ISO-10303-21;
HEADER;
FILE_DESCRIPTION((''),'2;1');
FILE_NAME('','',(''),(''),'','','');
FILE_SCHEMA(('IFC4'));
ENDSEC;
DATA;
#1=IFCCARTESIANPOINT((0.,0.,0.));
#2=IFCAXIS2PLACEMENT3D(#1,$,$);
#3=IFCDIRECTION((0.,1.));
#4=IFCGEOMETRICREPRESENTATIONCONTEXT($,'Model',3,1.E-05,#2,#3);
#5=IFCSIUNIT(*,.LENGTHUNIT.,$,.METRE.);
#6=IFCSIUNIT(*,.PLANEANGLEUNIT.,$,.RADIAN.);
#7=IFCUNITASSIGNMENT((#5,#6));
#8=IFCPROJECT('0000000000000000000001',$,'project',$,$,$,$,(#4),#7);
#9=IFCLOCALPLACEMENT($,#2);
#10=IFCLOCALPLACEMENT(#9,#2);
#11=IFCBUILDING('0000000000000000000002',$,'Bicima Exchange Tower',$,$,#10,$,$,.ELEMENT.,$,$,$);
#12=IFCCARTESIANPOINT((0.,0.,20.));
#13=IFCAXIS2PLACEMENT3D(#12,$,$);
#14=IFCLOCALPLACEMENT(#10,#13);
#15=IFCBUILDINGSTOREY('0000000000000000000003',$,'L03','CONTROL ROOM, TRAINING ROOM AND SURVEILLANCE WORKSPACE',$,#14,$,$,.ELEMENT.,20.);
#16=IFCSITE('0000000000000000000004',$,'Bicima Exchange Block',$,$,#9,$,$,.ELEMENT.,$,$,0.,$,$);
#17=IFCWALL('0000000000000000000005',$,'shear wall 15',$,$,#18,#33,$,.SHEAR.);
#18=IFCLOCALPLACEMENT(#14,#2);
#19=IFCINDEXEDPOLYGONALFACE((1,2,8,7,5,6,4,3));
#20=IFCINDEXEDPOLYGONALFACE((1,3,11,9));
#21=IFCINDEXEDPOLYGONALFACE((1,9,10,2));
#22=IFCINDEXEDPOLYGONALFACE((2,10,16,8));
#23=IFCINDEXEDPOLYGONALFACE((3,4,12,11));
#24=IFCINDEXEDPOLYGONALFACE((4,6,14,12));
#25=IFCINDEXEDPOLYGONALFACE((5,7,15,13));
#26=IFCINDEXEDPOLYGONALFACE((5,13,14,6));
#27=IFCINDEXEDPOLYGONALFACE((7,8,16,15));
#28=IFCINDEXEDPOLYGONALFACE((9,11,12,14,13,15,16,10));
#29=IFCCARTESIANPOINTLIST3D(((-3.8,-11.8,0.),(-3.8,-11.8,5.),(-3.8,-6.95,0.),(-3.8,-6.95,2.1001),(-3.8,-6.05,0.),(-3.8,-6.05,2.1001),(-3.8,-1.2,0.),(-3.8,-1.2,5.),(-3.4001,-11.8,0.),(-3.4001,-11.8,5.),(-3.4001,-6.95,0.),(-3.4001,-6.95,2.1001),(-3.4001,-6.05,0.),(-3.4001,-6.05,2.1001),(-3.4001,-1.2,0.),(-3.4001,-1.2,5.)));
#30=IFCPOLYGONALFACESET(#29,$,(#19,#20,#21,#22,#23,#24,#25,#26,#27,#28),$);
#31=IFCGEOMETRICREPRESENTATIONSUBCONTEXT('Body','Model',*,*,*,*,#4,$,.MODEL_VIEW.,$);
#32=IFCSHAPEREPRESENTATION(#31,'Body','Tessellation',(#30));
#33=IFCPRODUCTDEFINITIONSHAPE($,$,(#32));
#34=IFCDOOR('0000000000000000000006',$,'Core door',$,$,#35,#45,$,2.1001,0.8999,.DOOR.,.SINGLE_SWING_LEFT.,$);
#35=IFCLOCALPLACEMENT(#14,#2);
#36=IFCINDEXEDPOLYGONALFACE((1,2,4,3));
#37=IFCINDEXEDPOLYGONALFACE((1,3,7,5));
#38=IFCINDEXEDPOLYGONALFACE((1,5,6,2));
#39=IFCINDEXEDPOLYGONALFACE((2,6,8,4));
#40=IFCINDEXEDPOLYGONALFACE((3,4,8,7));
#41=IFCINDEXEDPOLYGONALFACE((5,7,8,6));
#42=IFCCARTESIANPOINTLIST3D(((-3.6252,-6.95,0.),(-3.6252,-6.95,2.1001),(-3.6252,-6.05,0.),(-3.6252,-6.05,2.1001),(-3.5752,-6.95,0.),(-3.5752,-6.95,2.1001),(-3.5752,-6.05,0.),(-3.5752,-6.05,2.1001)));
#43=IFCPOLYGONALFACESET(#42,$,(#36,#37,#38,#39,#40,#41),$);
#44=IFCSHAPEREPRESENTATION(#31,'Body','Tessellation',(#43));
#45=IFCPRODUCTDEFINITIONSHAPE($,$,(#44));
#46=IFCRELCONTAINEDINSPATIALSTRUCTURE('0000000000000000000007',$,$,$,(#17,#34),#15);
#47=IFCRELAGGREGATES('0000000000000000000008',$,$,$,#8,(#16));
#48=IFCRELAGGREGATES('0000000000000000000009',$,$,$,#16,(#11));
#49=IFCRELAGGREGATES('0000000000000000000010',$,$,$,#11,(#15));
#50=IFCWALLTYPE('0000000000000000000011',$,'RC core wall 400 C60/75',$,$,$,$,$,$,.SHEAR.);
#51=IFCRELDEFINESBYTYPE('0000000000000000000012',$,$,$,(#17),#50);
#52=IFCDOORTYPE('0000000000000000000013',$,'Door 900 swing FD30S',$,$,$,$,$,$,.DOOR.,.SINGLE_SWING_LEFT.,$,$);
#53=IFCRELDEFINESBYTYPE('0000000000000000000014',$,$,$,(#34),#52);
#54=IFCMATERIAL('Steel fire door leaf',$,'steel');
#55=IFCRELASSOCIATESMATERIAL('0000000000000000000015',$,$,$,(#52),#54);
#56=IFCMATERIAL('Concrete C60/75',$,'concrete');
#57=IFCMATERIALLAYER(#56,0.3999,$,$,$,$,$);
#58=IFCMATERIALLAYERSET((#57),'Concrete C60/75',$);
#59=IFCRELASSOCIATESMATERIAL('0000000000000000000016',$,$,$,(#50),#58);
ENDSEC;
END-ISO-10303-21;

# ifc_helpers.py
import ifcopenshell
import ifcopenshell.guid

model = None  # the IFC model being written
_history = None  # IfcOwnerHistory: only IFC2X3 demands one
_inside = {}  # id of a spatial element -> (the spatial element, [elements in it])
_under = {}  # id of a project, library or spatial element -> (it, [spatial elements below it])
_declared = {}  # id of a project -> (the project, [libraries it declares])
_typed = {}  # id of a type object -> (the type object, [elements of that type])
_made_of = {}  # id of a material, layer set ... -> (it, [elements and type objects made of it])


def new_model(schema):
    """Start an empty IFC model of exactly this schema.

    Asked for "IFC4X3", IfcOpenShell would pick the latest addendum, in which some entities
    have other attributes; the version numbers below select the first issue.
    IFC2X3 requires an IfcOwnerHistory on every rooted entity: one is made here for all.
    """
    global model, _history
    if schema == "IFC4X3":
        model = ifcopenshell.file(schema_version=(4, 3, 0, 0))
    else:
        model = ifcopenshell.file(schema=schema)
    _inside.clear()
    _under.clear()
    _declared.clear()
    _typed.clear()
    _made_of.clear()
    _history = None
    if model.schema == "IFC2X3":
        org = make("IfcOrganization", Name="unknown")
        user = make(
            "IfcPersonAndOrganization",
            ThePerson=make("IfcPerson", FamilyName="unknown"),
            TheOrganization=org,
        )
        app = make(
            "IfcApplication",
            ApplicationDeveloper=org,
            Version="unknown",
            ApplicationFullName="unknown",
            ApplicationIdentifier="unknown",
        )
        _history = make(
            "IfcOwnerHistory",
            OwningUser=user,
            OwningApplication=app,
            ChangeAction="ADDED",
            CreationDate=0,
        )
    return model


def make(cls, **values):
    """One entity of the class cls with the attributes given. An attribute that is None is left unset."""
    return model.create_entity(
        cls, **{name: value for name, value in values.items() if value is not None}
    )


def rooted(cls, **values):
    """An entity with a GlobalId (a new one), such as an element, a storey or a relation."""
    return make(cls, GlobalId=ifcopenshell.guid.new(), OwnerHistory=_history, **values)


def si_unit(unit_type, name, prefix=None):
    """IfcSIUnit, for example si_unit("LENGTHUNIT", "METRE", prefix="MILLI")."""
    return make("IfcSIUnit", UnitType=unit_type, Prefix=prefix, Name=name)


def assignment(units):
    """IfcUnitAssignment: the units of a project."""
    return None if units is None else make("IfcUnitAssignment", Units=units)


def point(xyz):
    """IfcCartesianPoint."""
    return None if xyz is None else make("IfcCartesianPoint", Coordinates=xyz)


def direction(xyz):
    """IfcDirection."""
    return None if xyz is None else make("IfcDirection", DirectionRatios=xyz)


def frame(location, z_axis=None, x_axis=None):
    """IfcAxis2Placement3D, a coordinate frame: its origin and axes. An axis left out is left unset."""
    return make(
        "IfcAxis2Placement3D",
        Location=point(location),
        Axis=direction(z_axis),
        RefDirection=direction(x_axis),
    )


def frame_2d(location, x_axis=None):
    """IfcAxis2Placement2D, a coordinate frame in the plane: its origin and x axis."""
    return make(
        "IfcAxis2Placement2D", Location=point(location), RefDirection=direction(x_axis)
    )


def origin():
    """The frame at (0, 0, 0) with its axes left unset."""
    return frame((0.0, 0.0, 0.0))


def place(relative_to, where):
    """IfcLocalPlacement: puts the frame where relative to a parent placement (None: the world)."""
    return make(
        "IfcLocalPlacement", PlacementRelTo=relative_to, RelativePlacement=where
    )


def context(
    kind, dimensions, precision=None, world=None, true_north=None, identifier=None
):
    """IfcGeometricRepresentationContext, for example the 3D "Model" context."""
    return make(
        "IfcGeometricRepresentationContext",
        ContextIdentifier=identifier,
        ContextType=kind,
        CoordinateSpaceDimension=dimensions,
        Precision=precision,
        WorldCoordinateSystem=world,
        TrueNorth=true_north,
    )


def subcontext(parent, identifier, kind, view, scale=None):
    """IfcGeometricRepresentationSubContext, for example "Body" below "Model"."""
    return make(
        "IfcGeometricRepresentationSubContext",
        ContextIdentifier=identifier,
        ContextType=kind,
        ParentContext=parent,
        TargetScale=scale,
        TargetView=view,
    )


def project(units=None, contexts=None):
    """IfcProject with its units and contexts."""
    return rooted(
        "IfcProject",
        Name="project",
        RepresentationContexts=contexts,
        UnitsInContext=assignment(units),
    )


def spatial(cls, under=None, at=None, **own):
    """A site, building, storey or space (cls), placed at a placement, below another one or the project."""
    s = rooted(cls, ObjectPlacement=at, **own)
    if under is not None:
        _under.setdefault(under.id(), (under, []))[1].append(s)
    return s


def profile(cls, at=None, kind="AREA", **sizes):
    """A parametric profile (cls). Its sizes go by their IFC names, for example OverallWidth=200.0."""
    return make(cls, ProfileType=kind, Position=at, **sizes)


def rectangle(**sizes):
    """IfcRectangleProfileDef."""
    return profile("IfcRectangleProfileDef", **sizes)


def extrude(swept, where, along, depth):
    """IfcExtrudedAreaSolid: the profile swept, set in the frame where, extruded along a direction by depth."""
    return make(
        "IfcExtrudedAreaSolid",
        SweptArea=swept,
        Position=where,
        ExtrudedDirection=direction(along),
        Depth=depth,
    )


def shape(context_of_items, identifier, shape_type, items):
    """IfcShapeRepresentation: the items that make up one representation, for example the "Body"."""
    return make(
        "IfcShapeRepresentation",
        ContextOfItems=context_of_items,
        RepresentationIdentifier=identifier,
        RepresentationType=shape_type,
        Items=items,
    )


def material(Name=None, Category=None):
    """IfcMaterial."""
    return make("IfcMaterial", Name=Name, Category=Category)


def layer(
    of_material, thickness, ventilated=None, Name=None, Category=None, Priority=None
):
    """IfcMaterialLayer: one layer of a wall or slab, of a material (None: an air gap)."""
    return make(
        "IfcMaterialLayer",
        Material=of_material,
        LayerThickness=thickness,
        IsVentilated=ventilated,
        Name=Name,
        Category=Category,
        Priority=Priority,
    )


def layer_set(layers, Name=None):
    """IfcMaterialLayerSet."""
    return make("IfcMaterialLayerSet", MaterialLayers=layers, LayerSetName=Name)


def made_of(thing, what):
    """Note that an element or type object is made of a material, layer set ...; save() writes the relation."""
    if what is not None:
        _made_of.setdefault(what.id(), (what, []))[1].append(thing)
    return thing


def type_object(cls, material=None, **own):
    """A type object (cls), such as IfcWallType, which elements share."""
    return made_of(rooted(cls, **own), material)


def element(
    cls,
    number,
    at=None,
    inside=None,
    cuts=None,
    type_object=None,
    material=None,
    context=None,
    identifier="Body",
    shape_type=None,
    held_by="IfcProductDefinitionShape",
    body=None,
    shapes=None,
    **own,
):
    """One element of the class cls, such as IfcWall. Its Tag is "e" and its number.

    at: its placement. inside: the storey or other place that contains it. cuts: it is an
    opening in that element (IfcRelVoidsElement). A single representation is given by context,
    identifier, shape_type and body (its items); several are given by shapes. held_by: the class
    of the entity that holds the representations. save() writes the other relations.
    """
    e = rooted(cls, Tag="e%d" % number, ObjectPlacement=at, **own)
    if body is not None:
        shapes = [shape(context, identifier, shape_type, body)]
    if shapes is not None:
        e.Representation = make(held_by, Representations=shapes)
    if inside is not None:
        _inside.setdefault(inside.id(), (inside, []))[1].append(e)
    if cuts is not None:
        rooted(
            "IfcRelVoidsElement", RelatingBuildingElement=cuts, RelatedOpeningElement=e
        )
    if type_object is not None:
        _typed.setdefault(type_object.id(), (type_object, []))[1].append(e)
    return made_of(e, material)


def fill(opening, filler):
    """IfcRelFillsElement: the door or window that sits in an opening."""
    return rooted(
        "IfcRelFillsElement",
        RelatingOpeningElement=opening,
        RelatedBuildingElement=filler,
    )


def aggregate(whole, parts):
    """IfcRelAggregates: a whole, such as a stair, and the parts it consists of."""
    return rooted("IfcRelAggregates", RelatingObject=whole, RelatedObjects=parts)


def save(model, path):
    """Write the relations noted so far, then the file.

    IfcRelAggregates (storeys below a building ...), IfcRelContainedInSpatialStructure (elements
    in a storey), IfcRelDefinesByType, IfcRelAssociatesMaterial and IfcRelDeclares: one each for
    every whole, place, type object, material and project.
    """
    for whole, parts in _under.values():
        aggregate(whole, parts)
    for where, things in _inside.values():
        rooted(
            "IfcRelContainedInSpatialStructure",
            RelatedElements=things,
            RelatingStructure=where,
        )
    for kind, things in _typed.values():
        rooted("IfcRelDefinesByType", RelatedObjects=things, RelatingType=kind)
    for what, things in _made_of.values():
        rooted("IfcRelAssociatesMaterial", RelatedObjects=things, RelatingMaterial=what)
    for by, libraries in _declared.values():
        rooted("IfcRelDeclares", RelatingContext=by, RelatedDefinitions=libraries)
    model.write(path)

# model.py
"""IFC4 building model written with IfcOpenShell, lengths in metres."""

from ifc_helpers import new_model, si_unit, direction, frame, frame_2d, origin, place, context, subcontext, project, spatial, rectangle, extrude, material, layer, layer_set, type_object, element, fill, save


model = new_model("IFC4")

# Units and contexts
model_context = context("Model", 3, precision=1e-05, world=origin(), true_north=direction((0.0, 1.0)))
body_context = subcontext(model_context, "Body", "Model", "MODEL_VIEW")
ifc_project = project(units=[si_unit("LENGTHUNIT", "METRE"), si_unit("PLANEANGLEUNIT", "RADIAN")], contexts=[model_context])

# Site, building, storey
site_placement = place(None, origin())
site = spatial("IfcSite", under=ifc_project, at=site_placement, Name="Bicima Exchange Block", CompositionType="ELEMENT", RefElevation=0.0)
building_placement = place(site_placement, origin())
building = spatial("IfcBuilding", under=site, at=building_placement, Name="Bicima Exchange Tower", CompositionType="ELEMENT")
storey_placement = place(building_placement, frame((0.0, 0.0, 20.0)))
storey = spatial("IfcBuildingStorey", under=building, at=storey_placement, Name="L03", Description="CONTROL ROOM, TRAINING ROOM AND SURVEILLANCE WORKSPACE", CompositionType="ELEMENT", Elevation=20.0)

# Shared definitions
ifc_material_1 = material(Name="Steel fire door leaf", Category="steel")
door_type_1 = type_object("IfcDoorType", Name="Door 900 swing FD30S", OperationType="SINGLE_SWING_LEFT", PredefinedType="DOOR", material=ifc_material_1)

# Wall, opening, door
ifc_material_2 = material(Name="Concrete C60/75", Category="concrete")
ifc_layer_1 = layer(ifc_material_2, 0.3999)
ifc_layer_set_1 = layer_set([ifc_layer_1], Name="Concrete C60/75")
wall_type_1 = type_object("IfcWallType", Name="RC core wall 400 C60/75", PredefinedType="SHEAR", material=ifc_layer_set_1)
wall_1_placement = place(storey_placement, frame((-3.6001, -11.8, 0.0), z_axis=(0.0, 0.0, 1.0), x_axis=(0.0, 1.0, 0.0)))
wall_1 = element("IfcWall", 1, at=wall_1_placement, inside=storey, type_object=wall_type_1, Name="shear wall 15", PredefinedType="SHEAR", context=body_context, shape_type="SweptSolid", body=[
    extrude(rectangle(XDim=10.6001, YDim=0.3999, at=frame_2d((5.3, 0.0))), origin(), (0.0, 0.0, 1.0), 5.0),
])
opening_1_placement = place(wall_1_placement, frame((4.8501, 0.0, 0.0)))
opening_1 = element("IfcOpeningElement", 2, at=opening_1_placement, cuts=wall_1, PredefinedType="OPENING", context=body_context, shape_type="SweptSolid", body=[
    extrude(rectangle(XDim=0.8999, YDim=2.1001, at=frame_2d((0.45, 1.05))), frame((0.0, 0.2119, 0.0), z_axis=(0.0, -1.0, 0.0), x_axis=(1.0, 0.0, 0.0)), (0.0, 0.0, 1.0), 0.4238),
])
door_1_placement = place(opening_1_placement, frame((0.8999, 0.0, 0.0), z_axis=(0.0, 0.0, 1.0), x_axis=(-1.0, 0.0, 0.0)))
door_1 = element("IfcDoor", 3, at=door_1_placement, inside=storey, type_object=door_type_1, Name="Core door", OperationType="SINGLE_SWING_LEFT", OverallHeight=2.1001, OverallWidth=0.8999, PredefinedType="DOOR", context=body_context, shape_type="SweptSolid", body=[
    extrude(rectangle(XDim=0.8999, YDim=2.1001, at=frame_2d((0.45, 1.05))), frame((0.0, 0.0249, 0.0), z_axis=(0.0, -1.0, 0.0), x_axis=(1.0, 0.0, 0.0)), (0.0, 0.0, 1.0), 0.05),
])
fill(opening_1, door_1)

save(model, "model.ifc")
